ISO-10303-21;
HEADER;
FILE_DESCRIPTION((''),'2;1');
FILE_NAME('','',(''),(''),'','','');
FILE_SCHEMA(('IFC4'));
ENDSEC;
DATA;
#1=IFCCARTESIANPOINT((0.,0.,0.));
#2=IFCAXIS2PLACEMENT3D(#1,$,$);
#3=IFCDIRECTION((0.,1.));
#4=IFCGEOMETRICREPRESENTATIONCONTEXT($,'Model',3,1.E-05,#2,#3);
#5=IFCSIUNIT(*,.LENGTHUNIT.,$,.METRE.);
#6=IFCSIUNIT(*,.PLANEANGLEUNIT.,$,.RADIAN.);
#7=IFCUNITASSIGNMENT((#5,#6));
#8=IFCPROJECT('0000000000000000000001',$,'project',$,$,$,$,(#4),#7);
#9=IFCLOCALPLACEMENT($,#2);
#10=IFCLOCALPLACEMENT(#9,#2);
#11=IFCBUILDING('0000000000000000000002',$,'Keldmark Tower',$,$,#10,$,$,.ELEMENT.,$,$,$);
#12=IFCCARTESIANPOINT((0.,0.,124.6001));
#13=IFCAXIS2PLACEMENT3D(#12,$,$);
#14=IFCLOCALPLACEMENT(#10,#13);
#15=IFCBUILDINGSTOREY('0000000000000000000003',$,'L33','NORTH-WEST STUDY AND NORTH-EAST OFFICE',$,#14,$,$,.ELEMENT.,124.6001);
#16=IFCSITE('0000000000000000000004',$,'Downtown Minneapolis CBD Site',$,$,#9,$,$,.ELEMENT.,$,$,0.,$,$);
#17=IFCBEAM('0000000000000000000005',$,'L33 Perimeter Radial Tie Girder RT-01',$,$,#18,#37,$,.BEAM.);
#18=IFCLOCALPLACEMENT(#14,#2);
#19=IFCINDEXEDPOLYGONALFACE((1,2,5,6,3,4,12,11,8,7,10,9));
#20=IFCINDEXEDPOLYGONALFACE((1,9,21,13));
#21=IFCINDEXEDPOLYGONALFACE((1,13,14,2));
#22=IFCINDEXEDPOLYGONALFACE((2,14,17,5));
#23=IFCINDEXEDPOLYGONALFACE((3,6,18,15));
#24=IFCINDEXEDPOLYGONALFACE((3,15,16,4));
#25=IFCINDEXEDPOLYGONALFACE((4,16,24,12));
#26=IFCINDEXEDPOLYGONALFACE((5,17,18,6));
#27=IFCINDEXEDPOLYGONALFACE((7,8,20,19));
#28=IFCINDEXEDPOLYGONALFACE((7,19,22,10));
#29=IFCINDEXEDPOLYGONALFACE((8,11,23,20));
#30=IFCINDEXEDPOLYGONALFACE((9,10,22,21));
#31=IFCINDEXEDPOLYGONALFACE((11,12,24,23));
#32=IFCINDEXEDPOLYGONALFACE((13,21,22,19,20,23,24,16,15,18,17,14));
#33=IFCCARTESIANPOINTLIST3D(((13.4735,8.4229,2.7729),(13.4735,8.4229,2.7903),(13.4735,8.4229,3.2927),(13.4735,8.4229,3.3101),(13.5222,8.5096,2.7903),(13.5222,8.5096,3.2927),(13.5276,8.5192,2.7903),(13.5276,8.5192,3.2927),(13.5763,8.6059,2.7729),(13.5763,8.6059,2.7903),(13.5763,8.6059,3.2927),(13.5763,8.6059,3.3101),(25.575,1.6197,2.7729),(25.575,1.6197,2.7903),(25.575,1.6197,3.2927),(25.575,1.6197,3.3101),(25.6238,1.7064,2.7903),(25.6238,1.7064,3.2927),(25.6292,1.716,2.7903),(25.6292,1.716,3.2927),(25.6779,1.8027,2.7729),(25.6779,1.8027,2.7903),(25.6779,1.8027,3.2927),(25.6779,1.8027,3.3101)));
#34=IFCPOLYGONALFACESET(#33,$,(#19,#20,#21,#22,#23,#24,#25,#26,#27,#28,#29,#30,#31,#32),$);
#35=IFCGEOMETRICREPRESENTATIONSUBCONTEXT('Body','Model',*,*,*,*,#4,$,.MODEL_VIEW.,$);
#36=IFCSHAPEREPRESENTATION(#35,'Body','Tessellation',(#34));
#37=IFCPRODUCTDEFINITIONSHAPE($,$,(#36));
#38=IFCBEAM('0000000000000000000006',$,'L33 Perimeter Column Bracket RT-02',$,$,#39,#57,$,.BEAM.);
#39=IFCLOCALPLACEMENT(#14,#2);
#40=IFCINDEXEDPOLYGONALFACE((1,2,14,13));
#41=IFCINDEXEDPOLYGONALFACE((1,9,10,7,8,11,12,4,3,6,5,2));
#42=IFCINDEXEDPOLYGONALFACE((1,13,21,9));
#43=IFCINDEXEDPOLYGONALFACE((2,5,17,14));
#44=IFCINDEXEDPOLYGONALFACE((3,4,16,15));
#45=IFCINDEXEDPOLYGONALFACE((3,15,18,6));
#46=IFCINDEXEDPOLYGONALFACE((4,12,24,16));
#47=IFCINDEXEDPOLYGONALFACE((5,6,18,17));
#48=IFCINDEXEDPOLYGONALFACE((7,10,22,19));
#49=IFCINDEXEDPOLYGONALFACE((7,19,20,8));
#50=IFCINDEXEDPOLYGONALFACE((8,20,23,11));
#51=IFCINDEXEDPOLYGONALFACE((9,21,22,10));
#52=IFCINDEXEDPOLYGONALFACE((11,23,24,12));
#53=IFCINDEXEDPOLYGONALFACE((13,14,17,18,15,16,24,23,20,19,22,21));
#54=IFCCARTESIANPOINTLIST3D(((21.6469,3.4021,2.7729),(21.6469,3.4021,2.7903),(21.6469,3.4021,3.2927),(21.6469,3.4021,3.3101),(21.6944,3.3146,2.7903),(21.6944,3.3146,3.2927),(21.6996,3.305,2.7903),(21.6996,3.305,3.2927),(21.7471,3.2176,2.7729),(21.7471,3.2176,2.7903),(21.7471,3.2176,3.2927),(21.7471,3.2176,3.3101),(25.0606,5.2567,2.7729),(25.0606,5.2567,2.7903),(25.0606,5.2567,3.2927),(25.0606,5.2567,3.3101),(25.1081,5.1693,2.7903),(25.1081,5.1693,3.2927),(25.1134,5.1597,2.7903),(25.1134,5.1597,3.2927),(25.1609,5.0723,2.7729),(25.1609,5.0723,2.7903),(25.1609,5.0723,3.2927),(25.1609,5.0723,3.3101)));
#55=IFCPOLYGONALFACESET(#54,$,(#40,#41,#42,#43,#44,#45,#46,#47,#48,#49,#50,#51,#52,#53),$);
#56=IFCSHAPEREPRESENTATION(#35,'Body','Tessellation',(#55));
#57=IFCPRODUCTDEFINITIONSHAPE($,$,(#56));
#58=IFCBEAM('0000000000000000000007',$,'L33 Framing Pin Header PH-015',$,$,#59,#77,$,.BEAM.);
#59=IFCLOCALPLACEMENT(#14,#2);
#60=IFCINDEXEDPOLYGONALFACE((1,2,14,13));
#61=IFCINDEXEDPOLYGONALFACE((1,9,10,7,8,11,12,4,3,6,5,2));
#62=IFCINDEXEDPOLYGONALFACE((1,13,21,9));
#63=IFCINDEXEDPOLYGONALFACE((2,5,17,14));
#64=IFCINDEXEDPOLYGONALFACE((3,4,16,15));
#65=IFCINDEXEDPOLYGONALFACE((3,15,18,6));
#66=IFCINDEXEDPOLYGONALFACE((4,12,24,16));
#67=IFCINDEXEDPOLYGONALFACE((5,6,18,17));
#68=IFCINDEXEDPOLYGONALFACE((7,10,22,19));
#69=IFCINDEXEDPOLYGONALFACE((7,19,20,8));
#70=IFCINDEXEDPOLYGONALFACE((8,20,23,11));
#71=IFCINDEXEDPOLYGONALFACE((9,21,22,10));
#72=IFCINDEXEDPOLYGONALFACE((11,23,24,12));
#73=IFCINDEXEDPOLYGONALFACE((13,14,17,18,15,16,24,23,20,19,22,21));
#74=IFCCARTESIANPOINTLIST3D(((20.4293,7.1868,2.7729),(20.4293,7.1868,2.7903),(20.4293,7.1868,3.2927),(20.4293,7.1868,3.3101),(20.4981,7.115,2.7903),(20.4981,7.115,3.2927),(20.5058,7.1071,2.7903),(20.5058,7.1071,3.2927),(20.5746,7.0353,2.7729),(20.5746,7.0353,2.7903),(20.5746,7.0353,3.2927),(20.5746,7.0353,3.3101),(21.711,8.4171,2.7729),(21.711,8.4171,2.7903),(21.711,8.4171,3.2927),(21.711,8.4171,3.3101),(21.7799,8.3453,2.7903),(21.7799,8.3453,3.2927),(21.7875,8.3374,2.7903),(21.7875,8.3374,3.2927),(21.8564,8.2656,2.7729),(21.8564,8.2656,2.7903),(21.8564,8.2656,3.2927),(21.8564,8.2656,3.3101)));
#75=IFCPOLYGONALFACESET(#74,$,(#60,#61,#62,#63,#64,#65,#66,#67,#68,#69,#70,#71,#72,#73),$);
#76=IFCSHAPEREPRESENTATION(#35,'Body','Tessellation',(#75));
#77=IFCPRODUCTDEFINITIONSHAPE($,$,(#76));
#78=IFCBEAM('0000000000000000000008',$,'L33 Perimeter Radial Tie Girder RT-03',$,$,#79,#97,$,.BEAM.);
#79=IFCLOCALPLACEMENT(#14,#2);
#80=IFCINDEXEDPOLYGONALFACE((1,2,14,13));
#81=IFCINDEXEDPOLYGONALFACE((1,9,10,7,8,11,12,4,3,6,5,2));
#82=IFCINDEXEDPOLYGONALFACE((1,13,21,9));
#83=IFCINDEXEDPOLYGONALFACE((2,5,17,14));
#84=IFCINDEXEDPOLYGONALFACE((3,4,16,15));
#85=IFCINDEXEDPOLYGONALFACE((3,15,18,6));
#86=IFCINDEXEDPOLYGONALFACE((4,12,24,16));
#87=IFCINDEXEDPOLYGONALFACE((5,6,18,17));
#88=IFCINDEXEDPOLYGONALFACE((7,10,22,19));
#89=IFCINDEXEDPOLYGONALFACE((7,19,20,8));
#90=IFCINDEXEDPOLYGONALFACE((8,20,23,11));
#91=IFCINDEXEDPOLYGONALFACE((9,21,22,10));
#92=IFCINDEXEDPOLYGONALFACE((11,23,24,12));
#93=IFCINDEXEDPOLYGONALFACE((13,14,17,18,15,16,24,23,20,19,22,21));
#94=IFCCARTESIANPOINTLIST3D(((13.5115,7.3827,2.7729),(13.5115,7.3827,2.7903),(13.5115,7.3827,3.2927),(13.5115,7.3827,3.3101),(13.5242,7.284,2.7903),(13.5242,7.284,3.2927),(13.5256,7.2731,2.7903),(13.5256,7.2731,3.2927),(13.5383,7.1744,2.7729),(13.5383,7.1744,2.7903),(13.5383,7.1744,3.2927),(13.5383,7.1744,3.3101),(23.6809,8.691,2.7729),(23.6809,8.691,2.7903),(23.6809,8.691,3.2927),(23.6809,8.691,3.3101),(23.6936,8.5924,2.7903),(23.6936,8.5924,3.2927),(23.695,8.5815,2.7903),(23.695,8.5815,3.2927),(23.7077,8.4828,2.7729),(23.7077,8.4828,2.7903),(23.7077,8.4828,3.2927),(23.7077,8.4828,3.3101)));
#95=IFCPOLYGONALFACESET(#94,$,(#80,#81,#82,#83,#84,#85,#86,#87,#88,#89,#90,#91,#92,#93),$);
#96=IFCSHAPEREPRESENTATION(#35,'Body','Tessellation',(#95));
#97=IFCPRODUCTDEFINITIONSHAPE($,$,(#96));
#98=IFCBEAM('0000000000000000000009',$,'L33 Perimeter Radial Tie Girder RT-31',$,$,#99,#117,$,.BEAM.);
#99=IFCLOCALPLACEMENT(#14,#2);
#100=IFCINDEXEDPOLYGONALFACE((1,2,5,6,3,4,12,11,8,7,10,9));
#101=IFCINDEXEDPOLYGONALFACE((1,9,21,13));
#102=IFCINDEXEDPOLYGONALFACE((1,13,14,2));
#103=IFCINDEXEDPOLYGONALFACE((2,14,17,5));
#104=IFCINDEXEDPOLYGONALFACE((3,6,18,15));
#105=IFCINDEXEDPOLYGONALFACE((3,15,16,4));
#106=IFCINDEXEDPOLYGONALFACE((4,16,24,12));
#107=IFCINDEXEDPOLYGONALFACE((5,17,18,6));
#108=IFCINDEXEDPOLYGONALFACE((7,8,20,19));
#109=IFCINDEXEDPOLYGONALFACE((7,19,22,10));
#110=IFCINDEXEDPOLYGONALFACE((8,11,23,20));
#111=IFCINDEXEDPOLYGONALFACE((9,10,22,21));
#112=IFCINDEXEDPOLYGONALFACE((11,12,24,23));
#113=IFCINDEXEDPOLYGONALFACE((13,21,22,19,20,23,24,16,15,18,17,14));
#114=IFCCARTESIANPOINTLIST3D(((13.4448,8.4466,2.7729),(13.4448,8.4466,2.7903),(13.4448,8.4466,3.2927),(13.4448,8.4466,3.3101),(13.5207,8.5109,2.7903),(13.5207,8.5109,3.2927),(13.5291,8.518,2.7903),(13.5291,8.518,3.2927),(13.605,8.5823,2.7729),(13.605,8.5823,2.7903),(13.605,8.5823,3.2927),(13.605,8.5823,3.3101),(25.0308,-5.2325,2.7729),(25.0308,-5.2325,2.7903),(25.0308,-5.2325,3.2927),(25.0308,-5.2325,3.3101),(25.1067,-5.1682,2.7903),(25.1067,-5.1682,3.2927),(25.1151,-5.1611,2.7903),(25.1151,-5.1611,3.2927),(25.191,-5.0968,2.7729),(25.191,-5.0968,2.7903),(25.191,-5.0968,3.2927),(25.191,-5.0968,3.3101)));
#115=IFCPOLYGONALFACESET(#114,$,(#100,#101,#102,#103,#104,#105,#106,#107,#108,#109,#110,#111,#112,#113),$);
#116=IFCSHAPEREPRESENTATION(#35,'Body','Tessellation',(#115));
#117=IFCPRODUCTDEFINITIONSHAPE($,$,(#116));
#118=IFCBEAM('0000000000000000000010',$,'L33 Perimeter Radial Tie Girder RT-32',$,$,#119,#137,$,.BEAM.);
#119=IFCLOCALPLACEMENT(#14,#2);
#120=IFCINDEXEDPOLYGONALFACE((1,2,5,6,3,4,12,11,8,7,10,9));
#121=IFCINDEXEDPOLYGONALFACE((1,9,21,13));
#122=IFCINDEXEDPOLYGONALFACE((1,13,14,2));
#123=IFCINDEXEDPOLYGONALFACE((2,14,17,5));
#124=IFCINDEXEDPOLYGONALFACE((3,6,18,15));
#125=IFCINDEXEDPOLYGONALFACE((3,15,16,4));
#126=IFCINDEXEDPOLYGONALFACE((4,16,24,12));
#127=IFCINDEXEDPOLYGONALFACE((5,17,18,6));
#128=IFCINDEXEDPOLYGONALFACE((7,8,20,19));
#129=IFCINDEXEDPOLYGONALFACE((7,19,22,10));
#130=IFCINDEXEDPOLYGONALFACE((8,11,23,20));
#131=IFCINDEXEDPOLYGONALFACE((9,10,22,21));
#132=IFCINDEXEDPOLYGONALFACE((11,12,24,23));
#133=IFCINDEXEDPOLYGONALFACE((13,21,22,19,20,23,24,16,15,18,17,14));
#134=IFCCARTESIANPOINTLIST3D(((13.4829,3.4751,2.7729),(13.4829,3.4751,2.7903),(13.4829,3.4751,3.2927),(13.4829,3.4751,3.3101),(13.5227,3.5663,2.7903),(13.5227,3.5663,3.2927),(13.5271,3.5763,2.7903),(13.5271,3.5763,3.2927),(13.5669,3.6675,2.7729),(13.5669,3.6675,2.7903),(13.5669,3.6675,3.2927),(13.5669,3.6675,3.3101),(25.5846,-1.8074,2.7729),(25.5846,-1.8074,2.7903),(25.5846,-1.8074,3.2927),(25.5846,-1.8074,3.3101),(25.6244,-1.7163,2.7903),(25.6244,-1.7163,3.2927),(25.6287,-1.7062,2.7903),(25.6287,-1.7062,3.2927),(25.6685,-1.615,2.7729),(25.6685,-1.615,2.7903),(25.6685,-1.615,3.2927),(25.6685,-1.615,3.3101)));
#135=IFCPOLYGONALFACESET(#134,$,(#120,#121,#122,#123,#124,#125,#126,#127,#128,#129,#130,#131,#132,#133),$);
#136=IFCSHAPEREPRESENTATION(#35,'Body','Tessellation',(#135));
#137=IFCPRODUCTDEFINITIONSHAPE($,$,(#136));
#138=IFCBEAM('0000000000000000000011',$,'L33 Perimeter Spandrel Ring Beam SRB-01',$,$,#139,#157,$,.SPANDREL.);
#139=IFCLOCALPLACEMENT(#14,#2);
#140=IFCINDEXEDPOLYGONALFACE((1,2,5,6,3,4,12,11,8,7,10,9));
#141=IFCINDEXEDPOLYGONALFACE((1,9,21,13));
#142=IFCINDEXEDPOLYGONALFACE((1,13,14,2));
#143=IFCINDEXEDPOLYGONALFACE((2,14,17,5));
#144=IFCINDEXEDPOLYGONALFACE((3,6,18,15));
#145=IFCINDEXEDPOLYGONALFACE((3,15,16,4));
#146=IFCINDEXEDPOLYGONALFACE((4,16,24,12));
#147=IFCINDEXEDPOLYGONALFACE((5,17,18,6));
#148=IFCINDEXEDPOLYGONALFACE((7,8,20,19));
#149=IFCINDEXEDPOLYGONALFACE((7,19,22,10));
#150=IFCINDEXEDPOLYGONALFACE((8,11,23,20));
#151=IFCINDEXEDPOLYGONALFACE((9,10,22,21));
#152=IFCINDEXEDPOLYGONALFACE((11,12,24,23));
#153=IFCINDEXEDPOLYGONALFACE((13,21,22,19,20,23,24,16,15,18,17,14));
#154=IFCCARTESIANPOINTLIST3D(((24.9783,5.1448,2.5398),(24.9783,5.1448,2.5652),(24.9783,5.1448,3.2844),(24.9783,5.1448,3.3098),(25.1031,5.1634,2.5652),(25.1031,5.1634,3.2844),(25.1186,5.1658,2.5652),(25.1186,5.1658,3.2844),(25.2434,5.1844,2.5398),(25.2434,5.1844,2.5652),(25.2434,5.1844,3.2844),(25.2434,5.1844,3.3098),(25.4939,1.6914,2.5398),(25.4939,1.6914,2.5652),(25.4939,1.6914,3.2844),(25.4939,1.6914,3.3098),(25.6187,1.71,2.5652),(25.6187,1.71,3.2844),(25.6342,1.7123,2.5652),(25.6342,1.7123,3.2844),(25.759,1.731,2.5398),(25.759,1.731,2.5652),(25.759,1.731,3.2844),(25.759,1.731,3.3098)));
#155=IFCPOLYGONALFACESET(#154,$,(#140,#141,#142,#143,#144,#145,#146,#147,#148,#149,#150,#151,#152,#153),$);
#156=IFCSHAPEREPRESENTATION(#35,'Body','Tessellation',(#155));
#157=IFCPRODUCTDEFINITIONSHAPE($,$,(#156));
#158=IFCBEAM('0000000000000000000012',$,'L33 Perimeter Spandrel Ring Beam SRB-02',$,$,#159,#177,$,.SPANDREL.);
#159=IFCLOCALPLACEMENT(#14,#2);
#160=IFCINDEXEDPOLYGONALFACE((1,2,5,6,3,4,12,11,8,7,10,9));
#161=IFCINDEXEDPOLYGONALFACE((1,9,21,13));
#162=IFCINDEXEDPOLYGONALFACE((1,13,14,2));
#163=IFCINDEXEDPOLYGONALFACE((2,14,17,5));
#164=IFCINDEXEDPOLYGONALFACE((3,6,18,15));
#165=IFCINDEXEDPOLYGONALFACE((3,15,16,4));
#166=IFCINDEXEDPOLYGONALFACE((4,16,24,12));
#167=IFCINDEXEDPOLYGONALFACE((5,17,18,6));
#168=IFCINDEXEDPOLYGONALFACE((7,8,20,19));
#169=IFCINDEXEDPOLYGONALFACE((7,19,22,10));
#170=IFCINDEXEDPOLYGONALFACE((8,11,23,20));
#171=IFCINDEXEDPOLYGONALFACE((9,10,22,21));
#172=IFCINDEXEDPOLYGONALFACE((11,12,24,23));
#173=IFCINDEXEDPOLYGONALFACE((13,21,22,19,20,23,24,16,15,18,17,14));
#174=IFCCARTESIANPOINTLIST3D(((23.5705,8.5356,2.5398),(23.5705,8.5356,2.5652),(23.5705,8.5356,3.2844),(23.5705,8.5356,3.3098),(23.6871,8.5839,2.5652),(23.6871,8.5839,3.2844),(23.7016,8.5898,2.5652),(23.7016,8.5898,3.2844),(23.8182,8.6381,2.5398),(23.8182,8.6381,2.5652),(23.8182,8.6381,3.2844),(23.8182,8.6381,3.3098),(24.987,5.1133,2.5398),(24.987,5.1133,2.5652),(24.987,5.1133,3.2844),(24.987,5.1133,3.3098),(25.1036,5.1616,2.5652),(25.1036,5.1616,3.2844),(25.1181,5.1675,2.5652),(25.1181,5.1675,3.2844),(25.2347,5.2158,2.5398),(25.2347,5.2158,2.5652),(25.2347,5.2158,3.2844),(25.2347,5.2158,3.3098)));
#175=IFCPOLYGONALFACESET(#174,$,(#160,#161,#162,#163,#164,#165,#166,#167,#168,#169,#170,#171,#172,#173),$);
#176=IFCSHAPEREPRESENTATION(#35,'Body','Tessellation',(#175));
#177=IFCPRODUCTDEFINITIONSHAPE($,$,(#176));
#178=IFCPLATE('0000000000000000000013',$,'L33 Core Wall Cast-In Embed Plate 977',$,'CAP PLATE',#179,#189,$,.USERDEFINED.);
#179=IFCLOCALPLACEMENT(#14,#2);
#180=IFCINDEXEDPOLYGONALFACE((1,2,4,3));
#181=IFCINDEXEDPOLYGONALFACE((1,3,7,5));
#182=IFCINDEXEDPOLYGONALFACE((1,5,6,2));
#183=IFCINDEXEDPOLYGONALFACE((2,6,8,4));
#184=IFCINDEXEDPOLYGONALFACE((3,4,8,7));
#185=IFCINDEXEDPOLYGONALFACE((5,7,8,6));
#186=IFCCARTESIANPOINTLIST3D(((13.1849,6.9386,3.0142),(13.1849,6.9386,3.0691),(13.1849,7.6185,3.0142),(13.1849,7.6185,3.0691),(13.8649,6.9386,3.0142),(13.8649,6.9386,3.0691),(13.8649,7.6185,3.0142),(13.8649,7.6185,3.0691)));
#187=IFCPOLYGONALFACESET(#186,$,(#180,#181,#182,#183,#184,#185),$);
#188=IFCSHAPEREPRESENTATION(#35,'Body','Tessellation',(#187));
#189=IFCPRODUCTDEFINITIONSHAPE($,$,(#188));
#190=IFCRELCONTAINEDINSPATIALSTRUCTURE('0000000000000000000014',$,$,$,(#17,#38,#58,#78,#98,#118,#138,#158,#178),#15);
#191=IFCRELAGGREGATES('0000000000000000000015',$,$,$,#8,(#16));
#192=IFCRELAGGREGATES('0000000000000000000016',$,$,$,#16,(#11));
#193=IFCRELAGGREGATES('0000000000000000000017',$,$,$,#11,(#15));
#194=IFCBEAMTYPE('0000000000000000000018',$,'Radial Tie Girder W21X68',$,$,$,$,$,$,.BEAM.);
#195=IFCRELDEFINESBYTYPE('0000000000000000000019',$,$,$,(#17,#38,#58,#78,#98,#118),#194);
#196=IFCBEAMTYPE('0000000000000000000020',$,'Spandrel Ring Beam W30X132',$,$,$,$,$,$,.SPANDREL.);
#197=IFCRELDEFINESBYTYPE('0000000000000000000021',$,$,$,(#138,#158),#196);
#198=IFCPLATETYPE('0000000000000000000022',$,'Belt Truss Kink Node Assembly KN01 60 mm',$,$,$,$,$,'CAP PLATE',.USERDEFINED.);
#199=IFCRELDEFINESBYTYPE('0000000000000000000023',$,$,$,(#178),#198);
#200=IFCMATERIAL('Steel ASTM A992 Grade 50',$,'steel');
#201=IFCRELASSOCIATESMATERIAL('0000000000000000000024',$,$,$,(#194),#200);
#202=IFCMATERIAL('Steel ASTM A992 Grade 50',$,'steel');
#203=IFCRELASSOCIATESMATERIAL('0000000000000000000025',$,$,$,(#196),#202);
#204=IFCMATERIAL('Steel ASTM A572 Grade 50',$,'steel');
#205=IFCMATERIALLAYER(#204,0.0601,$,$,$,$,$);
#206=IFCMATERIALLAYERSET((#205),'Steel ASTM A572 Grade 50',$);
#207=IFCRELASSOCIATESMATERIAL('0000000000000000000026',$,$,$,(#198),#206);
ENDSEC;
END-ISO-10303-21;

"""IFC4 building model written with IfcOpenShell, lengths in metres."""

from ifc_helpers import new_model, si_unit, direction, frame, origin, origin_2d, place, context, subcontext, project, spatial, rectangle, i_section, extrude, material, layer, layer_set, material_profile, profile_set, type_object, element, save


model = new_model("IFC4")

# Units and contexts
model_context = context("Model", 3, precision=1e-05, world=origin(), true_north=direction((0.0, 1.0)))
body_context = subcontext(model_context, "Body", "Model", "MODEL_VIEW")
ifc_project = project(units=[si_unit("LENGTHUNIT", "METRE"), si_unit("PLANEANGLEUNIT", "RADIAN")], contexts=[model_context])

# Site, building, storey
site_placement = place(None, origin())
site = spatial("IfcSite", under=ifc_project, at=site_placement, Name="Downtown Minneapolis CBD Site", CompositionType="ELEMENT", RefElevation=0.0)
building_placement = place(site_placement, origin())
building = spatial("IfcBuilding", under=site, at=building_placement, Name="Keldmark Tower", CompositionType="ELEMENT")
storey_placement = place(building_placement, frame((0.0, 0.0, 124.6001)))
storey = spatial("IfcBuildingStorey", under=building, at=storey_placement, Name="L33", Description="NORTH-WEST STUDY AND NORTH-EAST OFFICE", CompositionType="ELEMENT", Elevation=124.6001)

# Beams
ifc_material_1 = material(Name="Steel ASTM A992 Grade 50", Category="steel")
ifc_material_profile_1 = material_profile(ifc_material_1, i_section(OverallWidth=0.21, OverallDepth=0.5371, WebThickness=0.011, FlangeThickness=0.0173, at=origin_2d()), Name="W21X68")
ifc_profile_set_1 = profile_set([ifc_material_profile_1], Name="Steel ASTM A992 Grade 50")
beam_type_1 = type_object("IfcBeamType", Name="Radial Tie Girder W21X68", PredefinedType="BEAM", material=ifc_profile_set_1)
beam_1_placement = place(storey_placement, frame((13.5249, 8.5144, 3.0415), z_axis=(0.871696, -0.490047, 0.0), x_axis=(0.490047, 0.871696, 0.0)))
element("IfcBeam", 1, at=beam_1_placement, inside=storey, type_object=beam_type_1, Name="L33 Perimeter Radial Tie Girder RT-01", PredefinedType="BEAM", context=body_context, shape_type="SweptSolid", body=[
    extrude(i_section(OverallWidth=0.21, OverallDepth=0.5371, WebThickness=0.011, FlangeThickness=0.0173, at=origin_2d()), origin(), (0.0, 0.0, 1.0), 13.8828),
])
beam_2_placement = place(storey_placement, frame((21.697, 3.3098, 3.0415), z_axis=(0.878689, 0.477394, 0.0), x_axis=(-0.477394, 0.878689, 0.0)))
element("IfcBeam", 2, at=beam_2_placement, inside=storey, type_object=beam_type_1, Name="L33 Perimeter Column Bracket RT-02", PredefinedType="BEAM", context=body_context, shape_type="SweptSolid", body=[
    extrude(i_section(OverallWidth=0.21, OverallDepth=0.5371, WebThickness=0.011, FlangeThickness=0.0173, at=origin_2d()), origin(), (0.0, 0.0, 1.0), 3.885),
])
beam_3_placement = place(storey_placement, frame((20.502, 7.1111, 3.0415), z_axis=(0.721456, 0.69246, 0.0), x_axis=(-0.69246, 0.721456, 0.0)))
element("IfcBeam", 3, at=beam_3_placement, inside=storey, type_object=beam_type_1, Name="L33 Framing Pin Header PH-015", PredefinedType="BEAM", context=body_context, shape_type="SweptSolid", body=[
    extrude(i_section(OverallWidth=0.21, OverallDepth=0.5371, WebThickness=0.011, FlangeThickness=0.0173, at=origin_2d()), origin(), (0.0, 0.0, 1.0), 1.7766),
])
beam_4_placement = place(storey_placement, frame((13.5249, 7.2786, 3.0415), z_axis=(0.991825, 0.127603, 0.0), x_axis=(-0.127603, 0.991825, 0.0)))
element("IfcBeam", 4, at=beam_4_placement, inside=storey, type_object=beam_type_1, Name="L33 Perimeter Radial Tie Girder RT-03", PredefinedType="BEAM", context=body_context, shape_type="SweptSolid", body=[
    extrude(i_section(OverallWidth=0.21, OverallDepth=0.5371, WebThickness=0.011, FlangeThickness=0.0173, at=origin_2d()), origin(), (0.0, 0.0, 1.0), 10.2532),
])
beam_5_placement = place(storey_placement, frame((13.5249, 8.5144, 3.0415), z_axis=(0.646314, -0.763072, 0.0), x_axis=(0.763072, 0.646314, 0.0)))
element("IfcBeam", 5, at=beam_5_placement, inside=storey, type_object=beam_type_1, Name="L33 Perimeter Radial Tie Girder RT-31", PredefinedType="BEAM", context=body_context, shape_type="SweptSolid", body=[
    extrude(i_section(OverallWidth=0.21, OverallDepth=0.5371, WebThickness=0.011, FlangeThickness=0.0173, at=origin_2d()), origin(), (0.0, 0.0, 1.0), 17.9263),
])
beam_6_placement = place(storey_placement, frame((13.5249, 3.5713, 3.0415), z_axis=(0.91649, -0.400058, 0.0), x_axis=(0.400058, 0.91649, 0.0)))
element("IfcBeam", 6, at=beam_6_placement, inside=storey, type_object=beam_type_1, Name="L33 Perimeter Radial Tie Girder RT-32", PredefinedType="BEAM", context=body_context, shape_type="SweptSolid", body=[
    extrude(i_section(OverallWidth=0.21, OverallDepth=0.5371, WebThickness=0.011, FlangeThickness=0.0173, at=origin_2d()), origin(), (0.0, 0.0, 1.0), 13.2043),
])
ifc_material_2 = material(Name="Steel ASTM A992 Grade 50", Category="steel")
ifc_material_profile_2 = material_profile(ifc_material_2, i_section(OverallWidth=0.2681, OverallDepth=0.77, WebThickness=0.0156, FlangeThickness=0.0254, at=origin_2d()), Name="W30X132")
ifc_profile_set_2 = profile_set([ifc_material_profile_2], Name="Steel ASTM A992 Grade 50")
beam_type_2 = type_object("IfcBeamType", Name="Spandrel Ring Beam W30X132", PredefinedType="SPANDREL", material=ifc_profile_set_2)
beam_7_placement = place(storey_placement, frame((25.6265, 1.7112, 2.9248), z_axis=(-0.147674, 0.989036, 0.0), x_axis=(-0.989036, -0.147674, 0.0)))
element("IfcBeam", 7, at=beam_7_placement, inside=storey, type_object=beam_type_2, Name="L33 Perimeter Spandrel Ring Beam SRB-01", PredefinedType="SPANDREL", context=body_context, shape_type="SweptSolid", body=[
    extrude(i_section(OverallWidth=0.2681, OverallDepth=0.77, WebThickness=0.0156, FlangeThickness=0.0254, at=origin_2d()), origin(), (0.0, 0.0, 1.0), 3.4917),
])
beam_8_placement = place(storey_placement, frame((25.1108, 5.1646, 2.9248), z_axis=(-0.382433, 0.923983, 0.0), x_axis=(-0.923983, -0.382433, 0.0)))
element("IfcBeam", 8, at=beam_8_placement, inside=storey, type_object=beam_type_2, Name="L33 Perimeter Spandrel Ring Beam SRB-02", PredefinedType="SPANDREL", context=body_context, shape_type="SweptSolid", body=[
    extrude(i_section(OverallWidth=0.2681, OverallDepth=0.77, WebThickness=0.0156, FlangeThickness=0.0254, at=origin_2d()), origin(), (0.0, 0.0, 1.0), 3.7039),
])

# Plate
ifc_material_3 = material(Name="Steel ASTM A572 Grade 50", Category="steel")
ifc_layer_1 = layer(ifc_material_3, 0.0601)
ifc_layer_set_1 = layer_set([ifc_layer_1], Name="Steel ASTM A572 Grade 50")
plate_type_1 = type_object("IfcPlateType", Name="Belt Truss Kink Node Assembly KN01 60 mm", ElementType="CAP PLATE", PredefinedType="USERDEFINED", material=ifc_layer_set_1)
for number, where, z_axis, x_axis, name in (
    (9, (13.5249, 7.2786, 3.0142), (0.0, 0.0, 1.0), (1.0, 0.0, 0.0), "L33 Core Wall Cast-In Embed Plate 977"),
):
    element("IfcPlate", number, at=place(storey_placement, frame(where, z_axis=z_axis, x_axis=x_axis)), inside=storey, type_object=plate_type_1, Name=name, ObjectType="CAP PLATE", PredefinedType="USERDEFINED", context=body_context, shape_type="SweptSolid", body=[
        extrude(rectangle(XDim=0.6799, YDim=0.6799, at=origin_2d()), origin(), (0.0, 0.0, 1.0), 0.0549),
    ])

save(model, "model.ifc")
